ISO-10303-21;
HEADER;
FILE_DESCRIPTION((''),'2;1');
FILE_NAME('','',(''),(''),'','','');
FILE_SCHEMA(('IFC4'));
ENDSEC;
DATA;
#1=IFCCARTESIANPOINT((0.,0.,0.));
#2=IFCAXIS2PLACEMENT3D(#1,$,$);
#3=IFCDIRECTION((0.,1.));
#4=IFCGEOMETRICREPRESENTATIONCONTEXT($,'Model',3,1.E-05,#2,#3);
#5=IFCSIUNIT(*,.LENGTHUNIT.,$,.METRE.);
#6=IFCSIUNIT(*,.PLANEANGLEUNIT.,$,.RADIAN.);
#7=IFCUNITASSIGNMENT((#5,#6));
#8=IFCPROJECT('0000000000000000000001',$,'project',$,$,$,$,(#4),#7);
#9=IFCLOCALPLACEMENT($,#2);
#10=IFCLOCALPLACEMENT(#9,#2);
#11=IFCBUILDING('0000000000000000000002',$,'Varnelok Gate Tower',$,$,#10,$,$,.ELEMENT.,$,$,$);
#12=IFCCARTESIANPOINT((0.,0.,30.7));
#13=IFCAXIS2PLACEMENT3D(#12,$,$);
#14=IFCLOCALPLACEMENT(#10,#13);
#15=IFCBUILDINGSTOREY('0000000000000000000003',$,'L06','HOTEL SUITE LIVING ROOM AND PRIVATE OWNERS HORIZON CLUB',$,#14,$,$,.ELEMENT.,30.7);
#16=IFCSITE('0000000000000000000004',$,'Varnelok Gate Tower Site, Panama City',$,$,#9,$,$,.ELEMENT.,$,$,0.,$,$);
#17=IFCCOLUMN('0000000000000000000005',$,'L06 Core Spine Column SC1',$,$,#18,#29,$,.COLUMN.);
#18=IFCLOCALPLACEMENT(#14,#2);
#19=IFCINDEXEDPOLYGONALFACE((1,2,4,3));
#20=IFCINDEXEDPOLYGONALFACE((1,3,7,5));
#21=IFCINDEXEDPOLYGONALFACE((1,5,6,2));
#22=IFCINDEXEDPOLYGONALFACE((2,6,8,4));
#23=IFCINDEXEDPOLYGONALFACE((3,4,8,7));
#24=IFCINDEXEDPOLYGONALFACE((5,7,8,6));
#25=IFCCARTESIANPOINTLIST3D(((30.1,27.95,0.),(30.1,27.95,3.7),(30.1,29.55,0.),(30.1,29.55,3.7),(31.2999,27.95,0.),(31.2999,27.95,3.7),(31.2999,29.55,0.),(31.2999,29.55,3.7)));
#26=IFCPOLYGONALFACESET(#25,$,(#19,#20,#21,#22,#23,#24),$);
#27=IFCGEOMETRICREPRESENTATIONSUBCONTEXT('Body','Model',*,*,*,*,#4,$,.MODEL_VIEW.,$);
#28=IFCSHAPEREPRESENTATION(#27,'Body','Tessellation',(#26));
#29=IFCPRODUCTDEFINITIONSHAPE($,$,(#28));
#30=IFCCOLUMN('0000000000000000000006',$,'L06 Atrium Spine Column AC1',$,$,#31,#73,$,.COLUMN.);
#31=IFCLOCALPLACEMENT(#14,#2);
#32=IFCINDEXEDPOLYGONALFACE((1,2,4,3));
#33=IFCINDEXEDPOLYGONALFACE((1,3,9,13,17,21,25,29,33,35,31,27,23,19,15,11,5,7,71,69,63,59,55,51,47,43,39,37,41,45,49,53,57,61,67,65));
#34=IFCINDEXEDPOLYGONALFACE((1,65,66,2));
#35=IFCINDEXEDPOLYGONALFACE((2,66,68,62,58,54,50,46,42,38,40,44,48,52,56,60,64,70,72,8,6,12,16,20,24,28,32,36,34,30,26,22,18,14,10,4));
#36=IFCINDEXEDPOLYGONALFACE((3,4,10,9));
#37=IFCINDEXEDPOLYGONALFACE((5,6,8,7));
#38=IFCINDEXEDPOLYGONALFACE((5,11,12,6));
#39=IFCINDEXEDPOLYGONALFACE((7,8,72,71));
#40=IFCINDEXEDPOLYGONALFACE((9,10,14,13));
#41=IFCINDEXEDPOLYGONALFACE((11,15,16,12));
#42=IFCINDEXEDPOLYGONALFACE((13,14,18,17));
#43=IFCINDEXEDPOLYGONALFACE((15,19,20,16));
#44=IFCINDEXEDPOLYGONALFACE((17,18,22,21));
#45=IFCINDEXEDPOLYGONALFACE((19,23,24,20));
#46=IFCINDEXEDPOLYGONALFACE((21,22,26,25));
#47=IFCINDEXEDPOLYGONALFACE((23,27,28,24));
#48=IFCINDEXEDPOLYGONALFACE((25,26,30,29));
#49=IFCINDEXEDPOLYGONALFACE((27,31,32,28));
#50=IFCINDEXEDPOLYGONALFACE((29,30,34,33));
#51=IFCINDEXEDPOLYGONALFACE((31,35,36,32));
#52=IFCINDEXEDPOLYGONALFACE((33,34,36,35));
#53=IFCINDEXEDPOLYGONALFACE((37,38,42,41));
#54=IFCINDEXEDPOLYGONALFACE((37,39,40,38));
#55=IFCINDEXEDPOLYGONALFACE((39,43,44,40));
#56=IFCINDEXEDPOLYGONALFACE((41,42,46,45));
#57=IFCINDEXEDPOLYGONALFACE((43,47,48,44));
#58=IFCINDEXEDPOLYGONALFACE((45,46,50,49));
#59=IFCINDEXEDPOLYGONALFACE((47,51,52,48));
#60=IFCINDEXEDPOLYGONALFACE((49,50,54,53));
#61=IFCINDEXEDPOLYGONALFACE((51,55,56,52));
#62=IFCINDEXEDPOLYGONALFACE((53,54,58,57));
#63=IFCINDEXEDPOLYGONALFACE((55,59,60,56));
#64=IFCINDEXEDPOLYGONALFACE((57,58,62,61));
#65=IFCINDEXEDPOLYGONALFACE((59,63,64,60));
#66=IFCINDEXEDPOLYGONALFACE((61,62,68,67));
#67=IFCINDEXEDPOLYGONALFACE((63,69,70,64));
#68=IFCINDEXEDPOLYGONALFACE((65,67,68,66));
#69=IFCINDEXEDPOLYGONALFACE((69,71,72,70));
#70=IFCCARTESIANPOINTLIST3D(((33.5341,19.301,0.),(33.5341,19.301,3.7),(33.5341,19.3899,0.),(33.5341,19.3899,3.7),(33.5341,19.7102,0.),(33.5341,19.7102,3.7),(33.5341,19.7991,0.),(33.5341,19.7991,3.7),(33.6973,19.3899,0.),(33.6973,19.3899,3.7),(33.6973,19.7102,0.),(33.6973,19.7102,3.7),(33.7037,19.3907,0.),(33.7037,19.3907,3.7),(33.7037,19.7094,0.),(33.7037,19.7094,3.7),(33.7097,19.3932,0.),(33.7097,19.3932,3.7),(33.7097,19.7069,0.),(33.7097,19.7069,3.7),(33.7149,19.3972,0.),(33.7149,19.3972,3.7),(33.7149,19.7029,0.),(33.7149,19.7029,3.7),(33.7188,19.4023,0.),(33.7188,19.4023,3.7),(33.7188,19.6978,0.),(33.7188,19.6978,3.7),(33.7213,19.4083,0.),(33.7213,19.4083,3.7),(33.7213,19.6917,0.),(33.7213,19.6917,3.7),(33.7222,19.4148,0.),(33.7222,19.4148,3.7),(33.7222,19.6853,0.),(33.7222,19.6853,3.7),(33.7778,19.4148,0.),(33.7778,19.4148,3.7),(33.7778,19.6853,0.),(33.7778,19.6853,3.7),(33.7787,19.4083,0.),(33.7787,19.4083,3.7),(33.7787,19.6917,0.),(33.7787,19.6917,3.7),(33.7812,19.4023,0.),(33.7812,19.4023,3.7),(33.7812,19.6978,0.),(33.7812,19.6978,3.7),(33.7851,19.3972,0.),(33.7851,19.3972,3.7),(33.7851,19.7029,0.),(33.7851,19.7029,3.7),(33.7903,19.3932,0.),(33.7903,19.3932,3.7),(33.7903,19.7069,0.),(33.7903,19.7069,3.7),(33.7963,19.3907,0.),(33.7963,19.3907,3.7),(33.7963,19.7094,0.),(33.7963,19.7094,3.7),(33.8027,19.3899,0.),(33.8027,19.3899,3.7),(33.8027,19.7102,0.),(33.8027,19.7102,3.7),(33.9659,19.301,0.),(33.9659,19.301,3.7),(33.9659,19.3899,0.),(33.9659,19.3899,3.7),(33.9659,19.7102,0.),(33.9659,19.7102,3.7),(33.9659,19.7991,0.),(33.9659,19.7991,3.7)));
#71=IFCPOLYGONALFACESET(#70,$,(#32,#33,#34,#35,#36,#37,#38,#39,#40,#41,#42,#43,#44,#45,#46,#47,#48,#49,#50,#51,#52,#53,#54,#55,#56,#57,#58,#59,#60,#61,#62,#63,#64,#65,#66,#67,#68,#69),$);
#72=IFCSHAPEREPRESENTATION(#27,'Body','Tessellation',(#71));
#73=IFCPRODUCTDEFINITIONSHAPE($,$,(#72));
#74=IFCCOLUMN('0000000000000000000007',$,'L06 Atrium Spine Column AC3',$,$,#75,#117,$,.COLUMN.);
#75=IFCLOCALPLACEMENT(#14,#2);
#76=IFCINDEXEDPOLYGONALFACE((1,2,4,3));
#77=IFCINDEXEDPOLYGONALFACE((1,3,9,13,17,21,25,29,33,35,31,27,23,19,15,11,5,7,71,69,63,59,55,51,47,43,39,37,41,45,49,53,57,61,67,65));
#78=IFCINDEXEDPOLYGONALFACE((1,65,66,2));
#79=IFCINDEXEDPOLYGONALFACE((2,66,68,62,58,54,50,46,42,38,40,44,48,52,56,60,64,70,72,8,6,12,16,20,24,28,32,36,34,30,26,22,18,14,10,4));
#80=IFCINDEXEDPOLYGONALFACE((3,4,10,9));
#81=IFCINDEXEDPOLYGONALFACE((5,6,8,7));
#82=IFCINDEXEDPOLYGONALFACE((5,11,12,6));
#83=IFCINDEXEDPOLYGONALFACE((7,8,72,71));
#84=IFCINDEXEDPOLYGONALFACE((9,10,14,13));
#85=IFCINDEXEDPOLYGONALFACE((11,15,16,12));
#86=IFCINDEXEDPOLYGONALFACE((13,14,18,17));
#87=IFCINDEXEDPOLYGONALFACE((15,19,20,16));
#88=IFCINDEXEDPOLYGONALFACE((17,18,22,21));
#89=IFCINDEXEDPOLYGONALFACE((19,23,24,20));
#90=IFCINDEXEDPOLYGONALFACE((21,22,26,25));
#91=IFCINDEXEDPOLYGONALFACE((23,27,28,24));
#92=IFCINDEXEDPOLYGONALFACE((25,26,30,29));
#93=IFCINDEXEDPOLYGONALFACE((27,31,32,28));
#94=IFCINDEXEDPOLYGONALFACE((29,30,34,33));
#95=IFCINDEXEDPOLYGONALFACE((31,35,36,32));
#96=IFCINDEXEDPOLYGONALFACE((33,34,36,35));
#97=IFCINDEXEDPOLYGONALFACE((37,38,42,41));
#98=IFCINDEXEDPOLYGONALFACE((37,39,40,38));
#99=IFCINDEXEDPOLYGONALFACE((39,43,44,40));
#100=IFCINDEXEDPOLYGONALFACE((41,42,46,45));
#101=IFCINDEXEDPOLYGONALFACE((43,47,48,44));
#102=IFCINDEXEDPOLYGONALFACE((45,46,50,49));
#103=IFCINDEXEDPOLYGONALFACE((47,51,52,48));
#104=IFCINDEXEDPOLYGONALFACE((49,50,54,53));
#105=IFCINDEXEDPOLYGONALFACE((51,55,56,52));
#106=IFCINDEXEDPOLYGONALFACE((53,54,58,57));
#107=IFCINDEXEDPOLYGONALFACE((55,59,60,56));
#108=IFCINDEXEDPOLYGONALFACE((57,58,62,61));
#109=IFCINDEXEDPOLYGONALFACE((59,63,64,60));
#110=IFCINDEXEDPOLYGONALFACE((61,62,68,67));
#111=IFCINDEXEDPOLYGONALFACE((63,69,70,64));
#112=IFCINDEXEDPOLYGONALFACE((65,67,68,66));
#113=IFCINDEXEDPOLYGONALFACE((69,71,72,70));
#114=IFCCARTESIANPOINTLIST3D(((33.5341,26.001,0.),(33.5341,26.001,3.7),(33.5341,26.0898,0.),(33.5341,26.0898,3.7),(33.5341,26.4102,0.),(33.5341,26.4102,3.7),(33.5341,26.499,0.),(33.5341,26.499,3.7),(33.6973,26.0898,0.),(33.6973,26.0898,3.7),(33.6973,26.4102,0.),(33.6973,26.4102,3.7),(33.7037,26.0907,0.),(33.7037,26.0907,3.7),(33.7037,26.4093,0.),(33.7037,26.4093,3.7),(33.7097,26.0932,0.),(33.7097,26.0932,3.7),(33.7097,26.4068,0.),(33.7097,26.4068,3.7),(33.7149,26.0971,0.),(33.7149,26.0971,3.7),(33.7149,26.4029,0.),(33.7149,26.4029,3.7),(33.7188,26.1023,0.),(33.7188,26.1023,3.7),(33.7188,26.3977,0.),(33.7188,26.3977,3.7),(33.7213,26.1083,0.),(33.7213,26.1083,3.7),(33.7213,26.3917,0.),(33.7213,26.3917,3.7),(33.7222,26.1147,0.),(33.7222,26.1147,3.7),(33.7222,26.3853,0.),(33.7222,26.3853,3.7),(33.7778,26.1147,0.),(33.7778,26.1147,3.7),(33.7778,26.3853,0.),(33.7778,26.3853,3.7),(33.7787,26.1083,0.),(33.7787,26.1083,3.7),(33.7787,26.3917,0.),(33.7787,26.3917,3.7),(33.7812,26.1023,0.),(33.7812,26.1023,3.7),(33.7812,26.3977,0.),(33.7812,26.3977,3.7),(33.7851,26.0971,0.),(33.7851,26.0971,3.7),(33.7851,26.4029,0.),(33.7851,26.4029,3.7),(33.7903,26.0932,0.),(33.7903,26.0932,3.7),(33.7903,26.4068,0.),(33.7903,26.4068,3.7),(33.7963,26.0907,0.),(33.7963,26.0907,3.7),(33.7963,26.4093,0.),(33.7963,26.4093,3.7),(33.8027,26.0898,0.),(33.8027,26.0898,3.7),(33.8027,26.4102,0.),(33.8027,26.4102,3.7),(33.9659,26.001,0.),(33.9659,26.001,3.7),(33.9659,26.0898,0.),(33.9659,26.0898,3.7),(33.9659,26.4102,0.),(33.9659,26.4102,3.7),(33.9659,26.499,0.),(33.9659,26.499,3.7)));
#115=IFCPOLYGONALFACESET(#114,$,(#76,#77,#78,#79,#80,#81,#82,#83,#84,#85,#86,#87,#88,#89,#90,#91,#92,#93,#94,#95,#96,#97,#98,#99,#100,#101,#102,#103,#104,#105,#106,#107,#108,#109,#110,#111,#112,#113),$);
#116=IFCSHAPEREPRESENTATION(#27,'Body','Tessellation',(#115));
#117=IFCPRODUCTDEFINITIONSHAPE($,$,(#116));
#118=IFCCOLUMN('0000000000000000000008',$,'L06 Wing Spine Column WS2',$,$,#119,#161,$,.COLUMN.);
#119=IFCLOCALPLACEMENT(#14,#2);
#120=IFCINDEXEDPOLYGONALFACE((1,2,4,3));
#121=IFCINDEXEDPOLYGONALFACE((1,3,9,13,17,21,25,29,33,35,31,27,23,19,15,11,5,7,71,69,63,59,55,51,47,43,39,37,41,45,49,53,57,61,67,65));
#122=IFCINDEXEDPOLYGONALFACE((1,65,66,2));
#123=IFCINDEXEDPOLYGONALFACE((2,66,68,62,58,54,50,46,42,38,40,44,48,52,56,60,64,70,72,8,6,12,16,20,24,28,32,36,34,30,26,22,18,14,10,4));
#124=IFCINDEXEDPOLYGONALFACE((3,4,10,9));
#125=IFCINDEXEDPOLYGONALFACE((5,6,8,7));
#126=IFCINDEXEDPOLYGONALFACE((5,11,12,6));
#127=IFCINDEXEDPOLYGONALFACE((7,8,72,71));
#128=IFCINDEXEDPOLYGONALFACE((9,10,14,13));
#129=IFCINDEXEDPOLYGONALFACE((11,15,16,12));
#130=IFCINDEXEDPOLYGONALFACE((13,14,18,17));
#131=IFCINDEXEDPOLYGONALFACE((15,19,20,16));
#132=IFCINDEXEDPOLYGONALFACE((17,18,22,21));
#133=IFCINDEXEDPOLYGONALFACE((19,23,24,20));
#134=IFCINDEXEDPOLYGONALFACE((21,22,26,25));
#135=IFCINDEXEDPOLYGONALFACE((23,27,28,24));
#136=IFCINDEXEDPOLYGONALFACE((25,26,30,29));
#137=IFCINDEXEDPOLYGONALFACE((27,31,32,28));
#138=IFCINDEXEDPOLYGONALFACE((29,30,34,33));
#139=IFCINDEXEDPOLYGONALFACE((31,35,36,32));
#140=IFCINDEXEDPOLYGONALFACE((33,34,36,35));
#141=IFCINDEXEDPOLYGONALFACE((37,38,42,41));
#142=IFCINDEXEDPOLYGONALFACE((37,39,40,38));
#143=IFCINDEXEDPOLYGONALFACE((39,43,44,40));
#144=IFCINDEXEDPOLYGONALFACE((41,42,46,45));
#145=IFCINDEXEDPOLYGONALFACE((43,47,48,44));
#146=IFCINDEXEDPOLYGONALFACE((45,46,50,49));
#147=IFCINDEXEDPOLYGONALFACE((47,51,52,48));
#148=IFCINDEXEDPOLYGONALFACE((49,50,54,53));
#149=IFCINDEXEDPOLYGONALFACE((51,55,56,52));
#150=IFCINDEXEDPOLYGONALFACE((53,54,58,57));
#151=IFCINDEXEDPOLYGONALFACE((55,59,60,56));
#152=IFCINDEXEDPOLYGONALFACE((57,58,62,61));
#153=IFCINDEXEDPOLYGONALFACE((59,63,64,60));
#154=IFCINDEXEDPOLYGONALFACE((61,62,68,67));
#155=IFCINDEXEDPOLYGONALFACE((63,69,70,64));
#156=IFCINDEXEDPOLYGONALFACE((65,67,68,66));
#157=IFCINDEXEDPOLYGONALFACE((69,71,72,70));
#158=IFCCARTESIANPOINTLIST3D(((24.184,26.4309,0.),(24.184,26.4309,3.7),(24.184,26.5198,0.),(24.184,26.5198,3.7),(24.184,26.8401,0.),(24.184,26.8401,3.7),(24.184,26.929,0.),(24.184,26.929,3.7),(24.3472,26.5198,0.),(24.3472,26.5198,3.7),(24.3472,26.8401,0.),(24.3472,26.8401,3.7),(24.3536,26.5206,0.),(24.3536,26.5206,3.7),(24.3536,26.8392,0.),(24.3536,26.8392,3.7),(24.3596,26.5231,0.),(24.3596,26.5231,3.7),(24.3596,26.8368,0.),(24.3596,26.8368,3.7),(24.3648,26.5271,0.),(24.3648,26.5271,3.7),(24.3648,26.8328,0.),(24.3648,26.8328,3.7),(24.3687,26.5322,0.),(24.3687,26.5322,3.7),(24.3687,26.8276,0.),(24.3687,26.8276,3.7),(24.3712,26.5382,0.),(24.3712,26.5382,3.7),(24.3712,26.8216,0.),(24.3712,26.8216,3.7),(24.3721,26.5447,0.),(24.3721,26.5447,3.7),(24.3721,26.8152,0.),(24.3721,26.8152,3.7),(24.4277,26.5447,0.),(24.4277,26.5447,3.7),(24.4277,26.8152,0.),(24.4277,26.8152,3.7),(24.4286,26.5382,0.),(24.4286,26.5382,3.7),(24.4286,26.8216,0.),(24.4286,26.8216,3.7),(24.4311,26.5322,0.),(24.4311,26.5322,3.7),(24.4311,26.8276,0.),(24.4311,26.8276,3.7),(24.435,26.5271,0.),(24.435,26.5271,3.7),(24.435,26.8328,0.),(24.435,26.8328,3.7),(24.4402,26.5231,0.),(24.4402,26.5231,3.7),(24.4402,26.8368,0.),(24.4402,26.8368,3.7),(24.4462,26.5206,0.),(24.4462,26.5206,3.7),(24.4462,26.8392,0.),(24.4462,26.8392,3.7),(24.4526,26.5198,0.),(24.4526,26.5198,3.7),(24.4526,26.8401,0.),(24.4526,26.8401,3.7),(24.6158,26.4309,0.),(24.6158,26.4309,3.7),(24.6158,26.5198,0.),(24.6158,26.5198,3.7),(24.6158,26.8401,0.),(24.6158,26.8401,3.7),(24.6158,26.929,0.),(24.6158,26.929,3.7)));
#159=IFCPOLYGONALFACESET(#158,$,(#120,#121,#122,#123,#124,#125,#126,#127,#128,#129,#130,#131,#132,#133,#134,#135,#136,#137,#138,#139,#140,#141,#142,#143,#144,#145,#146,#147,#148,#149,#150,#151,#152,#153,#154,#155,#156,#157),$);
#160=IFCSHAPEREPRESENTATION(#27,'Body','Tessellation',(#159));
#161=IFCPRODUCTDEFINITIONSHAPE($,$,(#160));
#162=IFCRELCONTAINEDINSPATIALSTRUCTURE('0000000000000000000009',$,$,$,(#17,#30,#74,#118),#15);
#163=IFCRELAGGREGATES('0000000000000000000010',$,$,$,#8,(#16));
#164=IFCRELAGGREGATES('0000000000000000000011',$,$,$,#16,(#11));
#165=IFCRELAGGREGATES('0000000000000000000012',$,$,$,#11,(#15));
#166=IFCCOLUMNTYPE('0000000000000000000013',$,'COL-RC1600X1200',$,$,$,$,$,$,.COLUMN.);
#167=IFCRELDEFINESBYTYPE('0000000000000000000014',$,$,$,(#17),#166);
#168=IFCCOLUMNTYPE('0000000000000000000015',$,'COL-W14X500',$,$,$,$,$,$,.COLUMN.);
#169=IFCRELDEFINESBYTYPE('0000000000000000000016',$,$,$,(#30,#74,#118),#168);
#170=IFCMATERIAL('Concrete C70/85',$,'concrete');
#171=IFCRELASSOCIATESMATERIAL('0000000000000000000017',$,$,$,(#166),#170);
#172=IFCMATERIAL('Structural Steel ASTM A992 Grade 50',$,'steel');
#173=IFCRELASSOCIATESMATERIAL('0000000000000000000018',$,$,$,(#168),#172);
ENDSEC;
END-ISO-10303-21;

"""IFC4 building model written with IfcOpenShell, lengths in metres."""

from ifc_helpers import new_model, si_unit, direction, frame, origin, origin_2d, place, context, subcontext, project, spatial, rectangle, i_section, extrude, material, material_profile, profile_set, type_object, element, save


model = new_model("IFC4")

# Units and contexts
model_context = context("Model", 3, precision=1e-05, world=origin(), true_north=direction((0.0, 1.0)))
body_context = subcontext(model_context, "Body", "Model", "MODEL_VIEW")
ifc_project = project(units=[si_unit("LENGTHUNIT", "METRE"), si_unit("PLANEANGLEUNIT", "RADIAN")], contexts=[model_context])

# Site, building, storey
site_placement = place(None, origin())
site = spatial("IfcSite", under=ifc_project, at=site_placement, Name="Varnelok Gate Tower Site, Panama City", CompositionType="ELEMENT", RefElevation=0.0)
building_placement = place(site_placement, origin())
building = spatial("IfcBuilding", under=site, at=building_placement, Name="Varnelok Gate Tower", CompositionType="ELEMENT")
storey_placement = place(building_placement, frame((0.0, 0.0, 30.7)))
storey = spatial("IfcBuildingStorey", under=building, at=storey_placement, Name="L06", Description="HOTEL SUITE LIVING ROOM AND PRIVATE OWNERS HORIZON CLUB", CompositionType="ELEMENT", Elevation=30.7)

# Columns
ifc_material_1 = material(Name="Concrete C70/85", Category="concrete")
ifc_material_profile_1 = material_profile(ifc_material_1, rectangle(XDim=1.2, YDim=1.6001, at=origin_2d()), Name="RC1600X1200")
ifc_profile_set_1 = profile_set([ifc_material_profile_1], Name="Concrete C70/85")
column_type_1 = type_object("IfcColumnType", Name="COL-RC1600X1200", PredefinedType="COLUMN", material=ifc_profile_set_1)
column_placement = place(storey_placement, frame((30.7, 28.75, 0.0), z_axis=(0.0, 0.0, 1.0), x_axis=(1.0, 0.0, 0.0)))
element("IfcColumn", 1, at=column_placement, inside=storey, type_object=column_type_1, Name="L06 Core Spine Column SC1", PredefinedType="COLUMN", context=body_context, shape_type="SweptSolid", body=[
    extrude(rectangle(XDim=1.2, YDim=1.6001, at=origin_2d()), origin(), (0.0, 0.0, 1.0), 3.7),
])
ifc_material_2 = material(Name="Structural Steel ASTM A992 Grade 50", Category="steel")
ifc_material_profile_2 = material_profile(ifc_material_2, i_section(OverallWidth=0.4319, OverallDepth=0.498, WebThickness=0.0557, FlangeThickness=0.0889, FilletRadius=0.0249, at=origin_2d()), Name="W14X500")
ifc_profile_set_2 = profile_set([ifc_material_profile_2], Name="Structural Steel ASTM A992 Grade 50")
column_type_2 = type_object("IfcColumnType", Name="COL-W14X500", PredefinedType="COLUMN", material=ifc_profile_set_2)
for number, where, z_axis, x_axis, name in (
    (2, (33.75, 19.55, 0.0), (0.0, 0.0, 1.0), (1.0, 0.0, 0.0), "L06 Atrium Spine Column AC1"),
    (3, (33.75, 26.25, 0.0), (0.0, 0.0, 1.0), (1.0, 0.0, 0.0), "L06 Atrium Spine Column AC3"),
    (4, (24.3999, 26.6799, 0.0), (0.0, 0.0, 1.0), (1.0, 0.0, 0.0), "L06 Wing Spine Column WS2"),
):
    element("IfcColumn", number, at=place(storey_placement, frame(where, z_axis=z_axis, x_axis=x_axis)), inside=storey, type_object=column_type_2, Name=name, PredefinedType="COLUMN", context=body_context, shape_type="SweptSolid", body=[
        extrude(i_section(OverallWidth=0.4319, OverallDepth=0.498, WebThickness=0.0557, FlangeThickness=0.0889, FilletRadius=0.0249, at=origin_2d()), origin(), (0.0, 0.0, 1.0), 3.7),
    ])

save(model, "model.ifc")
